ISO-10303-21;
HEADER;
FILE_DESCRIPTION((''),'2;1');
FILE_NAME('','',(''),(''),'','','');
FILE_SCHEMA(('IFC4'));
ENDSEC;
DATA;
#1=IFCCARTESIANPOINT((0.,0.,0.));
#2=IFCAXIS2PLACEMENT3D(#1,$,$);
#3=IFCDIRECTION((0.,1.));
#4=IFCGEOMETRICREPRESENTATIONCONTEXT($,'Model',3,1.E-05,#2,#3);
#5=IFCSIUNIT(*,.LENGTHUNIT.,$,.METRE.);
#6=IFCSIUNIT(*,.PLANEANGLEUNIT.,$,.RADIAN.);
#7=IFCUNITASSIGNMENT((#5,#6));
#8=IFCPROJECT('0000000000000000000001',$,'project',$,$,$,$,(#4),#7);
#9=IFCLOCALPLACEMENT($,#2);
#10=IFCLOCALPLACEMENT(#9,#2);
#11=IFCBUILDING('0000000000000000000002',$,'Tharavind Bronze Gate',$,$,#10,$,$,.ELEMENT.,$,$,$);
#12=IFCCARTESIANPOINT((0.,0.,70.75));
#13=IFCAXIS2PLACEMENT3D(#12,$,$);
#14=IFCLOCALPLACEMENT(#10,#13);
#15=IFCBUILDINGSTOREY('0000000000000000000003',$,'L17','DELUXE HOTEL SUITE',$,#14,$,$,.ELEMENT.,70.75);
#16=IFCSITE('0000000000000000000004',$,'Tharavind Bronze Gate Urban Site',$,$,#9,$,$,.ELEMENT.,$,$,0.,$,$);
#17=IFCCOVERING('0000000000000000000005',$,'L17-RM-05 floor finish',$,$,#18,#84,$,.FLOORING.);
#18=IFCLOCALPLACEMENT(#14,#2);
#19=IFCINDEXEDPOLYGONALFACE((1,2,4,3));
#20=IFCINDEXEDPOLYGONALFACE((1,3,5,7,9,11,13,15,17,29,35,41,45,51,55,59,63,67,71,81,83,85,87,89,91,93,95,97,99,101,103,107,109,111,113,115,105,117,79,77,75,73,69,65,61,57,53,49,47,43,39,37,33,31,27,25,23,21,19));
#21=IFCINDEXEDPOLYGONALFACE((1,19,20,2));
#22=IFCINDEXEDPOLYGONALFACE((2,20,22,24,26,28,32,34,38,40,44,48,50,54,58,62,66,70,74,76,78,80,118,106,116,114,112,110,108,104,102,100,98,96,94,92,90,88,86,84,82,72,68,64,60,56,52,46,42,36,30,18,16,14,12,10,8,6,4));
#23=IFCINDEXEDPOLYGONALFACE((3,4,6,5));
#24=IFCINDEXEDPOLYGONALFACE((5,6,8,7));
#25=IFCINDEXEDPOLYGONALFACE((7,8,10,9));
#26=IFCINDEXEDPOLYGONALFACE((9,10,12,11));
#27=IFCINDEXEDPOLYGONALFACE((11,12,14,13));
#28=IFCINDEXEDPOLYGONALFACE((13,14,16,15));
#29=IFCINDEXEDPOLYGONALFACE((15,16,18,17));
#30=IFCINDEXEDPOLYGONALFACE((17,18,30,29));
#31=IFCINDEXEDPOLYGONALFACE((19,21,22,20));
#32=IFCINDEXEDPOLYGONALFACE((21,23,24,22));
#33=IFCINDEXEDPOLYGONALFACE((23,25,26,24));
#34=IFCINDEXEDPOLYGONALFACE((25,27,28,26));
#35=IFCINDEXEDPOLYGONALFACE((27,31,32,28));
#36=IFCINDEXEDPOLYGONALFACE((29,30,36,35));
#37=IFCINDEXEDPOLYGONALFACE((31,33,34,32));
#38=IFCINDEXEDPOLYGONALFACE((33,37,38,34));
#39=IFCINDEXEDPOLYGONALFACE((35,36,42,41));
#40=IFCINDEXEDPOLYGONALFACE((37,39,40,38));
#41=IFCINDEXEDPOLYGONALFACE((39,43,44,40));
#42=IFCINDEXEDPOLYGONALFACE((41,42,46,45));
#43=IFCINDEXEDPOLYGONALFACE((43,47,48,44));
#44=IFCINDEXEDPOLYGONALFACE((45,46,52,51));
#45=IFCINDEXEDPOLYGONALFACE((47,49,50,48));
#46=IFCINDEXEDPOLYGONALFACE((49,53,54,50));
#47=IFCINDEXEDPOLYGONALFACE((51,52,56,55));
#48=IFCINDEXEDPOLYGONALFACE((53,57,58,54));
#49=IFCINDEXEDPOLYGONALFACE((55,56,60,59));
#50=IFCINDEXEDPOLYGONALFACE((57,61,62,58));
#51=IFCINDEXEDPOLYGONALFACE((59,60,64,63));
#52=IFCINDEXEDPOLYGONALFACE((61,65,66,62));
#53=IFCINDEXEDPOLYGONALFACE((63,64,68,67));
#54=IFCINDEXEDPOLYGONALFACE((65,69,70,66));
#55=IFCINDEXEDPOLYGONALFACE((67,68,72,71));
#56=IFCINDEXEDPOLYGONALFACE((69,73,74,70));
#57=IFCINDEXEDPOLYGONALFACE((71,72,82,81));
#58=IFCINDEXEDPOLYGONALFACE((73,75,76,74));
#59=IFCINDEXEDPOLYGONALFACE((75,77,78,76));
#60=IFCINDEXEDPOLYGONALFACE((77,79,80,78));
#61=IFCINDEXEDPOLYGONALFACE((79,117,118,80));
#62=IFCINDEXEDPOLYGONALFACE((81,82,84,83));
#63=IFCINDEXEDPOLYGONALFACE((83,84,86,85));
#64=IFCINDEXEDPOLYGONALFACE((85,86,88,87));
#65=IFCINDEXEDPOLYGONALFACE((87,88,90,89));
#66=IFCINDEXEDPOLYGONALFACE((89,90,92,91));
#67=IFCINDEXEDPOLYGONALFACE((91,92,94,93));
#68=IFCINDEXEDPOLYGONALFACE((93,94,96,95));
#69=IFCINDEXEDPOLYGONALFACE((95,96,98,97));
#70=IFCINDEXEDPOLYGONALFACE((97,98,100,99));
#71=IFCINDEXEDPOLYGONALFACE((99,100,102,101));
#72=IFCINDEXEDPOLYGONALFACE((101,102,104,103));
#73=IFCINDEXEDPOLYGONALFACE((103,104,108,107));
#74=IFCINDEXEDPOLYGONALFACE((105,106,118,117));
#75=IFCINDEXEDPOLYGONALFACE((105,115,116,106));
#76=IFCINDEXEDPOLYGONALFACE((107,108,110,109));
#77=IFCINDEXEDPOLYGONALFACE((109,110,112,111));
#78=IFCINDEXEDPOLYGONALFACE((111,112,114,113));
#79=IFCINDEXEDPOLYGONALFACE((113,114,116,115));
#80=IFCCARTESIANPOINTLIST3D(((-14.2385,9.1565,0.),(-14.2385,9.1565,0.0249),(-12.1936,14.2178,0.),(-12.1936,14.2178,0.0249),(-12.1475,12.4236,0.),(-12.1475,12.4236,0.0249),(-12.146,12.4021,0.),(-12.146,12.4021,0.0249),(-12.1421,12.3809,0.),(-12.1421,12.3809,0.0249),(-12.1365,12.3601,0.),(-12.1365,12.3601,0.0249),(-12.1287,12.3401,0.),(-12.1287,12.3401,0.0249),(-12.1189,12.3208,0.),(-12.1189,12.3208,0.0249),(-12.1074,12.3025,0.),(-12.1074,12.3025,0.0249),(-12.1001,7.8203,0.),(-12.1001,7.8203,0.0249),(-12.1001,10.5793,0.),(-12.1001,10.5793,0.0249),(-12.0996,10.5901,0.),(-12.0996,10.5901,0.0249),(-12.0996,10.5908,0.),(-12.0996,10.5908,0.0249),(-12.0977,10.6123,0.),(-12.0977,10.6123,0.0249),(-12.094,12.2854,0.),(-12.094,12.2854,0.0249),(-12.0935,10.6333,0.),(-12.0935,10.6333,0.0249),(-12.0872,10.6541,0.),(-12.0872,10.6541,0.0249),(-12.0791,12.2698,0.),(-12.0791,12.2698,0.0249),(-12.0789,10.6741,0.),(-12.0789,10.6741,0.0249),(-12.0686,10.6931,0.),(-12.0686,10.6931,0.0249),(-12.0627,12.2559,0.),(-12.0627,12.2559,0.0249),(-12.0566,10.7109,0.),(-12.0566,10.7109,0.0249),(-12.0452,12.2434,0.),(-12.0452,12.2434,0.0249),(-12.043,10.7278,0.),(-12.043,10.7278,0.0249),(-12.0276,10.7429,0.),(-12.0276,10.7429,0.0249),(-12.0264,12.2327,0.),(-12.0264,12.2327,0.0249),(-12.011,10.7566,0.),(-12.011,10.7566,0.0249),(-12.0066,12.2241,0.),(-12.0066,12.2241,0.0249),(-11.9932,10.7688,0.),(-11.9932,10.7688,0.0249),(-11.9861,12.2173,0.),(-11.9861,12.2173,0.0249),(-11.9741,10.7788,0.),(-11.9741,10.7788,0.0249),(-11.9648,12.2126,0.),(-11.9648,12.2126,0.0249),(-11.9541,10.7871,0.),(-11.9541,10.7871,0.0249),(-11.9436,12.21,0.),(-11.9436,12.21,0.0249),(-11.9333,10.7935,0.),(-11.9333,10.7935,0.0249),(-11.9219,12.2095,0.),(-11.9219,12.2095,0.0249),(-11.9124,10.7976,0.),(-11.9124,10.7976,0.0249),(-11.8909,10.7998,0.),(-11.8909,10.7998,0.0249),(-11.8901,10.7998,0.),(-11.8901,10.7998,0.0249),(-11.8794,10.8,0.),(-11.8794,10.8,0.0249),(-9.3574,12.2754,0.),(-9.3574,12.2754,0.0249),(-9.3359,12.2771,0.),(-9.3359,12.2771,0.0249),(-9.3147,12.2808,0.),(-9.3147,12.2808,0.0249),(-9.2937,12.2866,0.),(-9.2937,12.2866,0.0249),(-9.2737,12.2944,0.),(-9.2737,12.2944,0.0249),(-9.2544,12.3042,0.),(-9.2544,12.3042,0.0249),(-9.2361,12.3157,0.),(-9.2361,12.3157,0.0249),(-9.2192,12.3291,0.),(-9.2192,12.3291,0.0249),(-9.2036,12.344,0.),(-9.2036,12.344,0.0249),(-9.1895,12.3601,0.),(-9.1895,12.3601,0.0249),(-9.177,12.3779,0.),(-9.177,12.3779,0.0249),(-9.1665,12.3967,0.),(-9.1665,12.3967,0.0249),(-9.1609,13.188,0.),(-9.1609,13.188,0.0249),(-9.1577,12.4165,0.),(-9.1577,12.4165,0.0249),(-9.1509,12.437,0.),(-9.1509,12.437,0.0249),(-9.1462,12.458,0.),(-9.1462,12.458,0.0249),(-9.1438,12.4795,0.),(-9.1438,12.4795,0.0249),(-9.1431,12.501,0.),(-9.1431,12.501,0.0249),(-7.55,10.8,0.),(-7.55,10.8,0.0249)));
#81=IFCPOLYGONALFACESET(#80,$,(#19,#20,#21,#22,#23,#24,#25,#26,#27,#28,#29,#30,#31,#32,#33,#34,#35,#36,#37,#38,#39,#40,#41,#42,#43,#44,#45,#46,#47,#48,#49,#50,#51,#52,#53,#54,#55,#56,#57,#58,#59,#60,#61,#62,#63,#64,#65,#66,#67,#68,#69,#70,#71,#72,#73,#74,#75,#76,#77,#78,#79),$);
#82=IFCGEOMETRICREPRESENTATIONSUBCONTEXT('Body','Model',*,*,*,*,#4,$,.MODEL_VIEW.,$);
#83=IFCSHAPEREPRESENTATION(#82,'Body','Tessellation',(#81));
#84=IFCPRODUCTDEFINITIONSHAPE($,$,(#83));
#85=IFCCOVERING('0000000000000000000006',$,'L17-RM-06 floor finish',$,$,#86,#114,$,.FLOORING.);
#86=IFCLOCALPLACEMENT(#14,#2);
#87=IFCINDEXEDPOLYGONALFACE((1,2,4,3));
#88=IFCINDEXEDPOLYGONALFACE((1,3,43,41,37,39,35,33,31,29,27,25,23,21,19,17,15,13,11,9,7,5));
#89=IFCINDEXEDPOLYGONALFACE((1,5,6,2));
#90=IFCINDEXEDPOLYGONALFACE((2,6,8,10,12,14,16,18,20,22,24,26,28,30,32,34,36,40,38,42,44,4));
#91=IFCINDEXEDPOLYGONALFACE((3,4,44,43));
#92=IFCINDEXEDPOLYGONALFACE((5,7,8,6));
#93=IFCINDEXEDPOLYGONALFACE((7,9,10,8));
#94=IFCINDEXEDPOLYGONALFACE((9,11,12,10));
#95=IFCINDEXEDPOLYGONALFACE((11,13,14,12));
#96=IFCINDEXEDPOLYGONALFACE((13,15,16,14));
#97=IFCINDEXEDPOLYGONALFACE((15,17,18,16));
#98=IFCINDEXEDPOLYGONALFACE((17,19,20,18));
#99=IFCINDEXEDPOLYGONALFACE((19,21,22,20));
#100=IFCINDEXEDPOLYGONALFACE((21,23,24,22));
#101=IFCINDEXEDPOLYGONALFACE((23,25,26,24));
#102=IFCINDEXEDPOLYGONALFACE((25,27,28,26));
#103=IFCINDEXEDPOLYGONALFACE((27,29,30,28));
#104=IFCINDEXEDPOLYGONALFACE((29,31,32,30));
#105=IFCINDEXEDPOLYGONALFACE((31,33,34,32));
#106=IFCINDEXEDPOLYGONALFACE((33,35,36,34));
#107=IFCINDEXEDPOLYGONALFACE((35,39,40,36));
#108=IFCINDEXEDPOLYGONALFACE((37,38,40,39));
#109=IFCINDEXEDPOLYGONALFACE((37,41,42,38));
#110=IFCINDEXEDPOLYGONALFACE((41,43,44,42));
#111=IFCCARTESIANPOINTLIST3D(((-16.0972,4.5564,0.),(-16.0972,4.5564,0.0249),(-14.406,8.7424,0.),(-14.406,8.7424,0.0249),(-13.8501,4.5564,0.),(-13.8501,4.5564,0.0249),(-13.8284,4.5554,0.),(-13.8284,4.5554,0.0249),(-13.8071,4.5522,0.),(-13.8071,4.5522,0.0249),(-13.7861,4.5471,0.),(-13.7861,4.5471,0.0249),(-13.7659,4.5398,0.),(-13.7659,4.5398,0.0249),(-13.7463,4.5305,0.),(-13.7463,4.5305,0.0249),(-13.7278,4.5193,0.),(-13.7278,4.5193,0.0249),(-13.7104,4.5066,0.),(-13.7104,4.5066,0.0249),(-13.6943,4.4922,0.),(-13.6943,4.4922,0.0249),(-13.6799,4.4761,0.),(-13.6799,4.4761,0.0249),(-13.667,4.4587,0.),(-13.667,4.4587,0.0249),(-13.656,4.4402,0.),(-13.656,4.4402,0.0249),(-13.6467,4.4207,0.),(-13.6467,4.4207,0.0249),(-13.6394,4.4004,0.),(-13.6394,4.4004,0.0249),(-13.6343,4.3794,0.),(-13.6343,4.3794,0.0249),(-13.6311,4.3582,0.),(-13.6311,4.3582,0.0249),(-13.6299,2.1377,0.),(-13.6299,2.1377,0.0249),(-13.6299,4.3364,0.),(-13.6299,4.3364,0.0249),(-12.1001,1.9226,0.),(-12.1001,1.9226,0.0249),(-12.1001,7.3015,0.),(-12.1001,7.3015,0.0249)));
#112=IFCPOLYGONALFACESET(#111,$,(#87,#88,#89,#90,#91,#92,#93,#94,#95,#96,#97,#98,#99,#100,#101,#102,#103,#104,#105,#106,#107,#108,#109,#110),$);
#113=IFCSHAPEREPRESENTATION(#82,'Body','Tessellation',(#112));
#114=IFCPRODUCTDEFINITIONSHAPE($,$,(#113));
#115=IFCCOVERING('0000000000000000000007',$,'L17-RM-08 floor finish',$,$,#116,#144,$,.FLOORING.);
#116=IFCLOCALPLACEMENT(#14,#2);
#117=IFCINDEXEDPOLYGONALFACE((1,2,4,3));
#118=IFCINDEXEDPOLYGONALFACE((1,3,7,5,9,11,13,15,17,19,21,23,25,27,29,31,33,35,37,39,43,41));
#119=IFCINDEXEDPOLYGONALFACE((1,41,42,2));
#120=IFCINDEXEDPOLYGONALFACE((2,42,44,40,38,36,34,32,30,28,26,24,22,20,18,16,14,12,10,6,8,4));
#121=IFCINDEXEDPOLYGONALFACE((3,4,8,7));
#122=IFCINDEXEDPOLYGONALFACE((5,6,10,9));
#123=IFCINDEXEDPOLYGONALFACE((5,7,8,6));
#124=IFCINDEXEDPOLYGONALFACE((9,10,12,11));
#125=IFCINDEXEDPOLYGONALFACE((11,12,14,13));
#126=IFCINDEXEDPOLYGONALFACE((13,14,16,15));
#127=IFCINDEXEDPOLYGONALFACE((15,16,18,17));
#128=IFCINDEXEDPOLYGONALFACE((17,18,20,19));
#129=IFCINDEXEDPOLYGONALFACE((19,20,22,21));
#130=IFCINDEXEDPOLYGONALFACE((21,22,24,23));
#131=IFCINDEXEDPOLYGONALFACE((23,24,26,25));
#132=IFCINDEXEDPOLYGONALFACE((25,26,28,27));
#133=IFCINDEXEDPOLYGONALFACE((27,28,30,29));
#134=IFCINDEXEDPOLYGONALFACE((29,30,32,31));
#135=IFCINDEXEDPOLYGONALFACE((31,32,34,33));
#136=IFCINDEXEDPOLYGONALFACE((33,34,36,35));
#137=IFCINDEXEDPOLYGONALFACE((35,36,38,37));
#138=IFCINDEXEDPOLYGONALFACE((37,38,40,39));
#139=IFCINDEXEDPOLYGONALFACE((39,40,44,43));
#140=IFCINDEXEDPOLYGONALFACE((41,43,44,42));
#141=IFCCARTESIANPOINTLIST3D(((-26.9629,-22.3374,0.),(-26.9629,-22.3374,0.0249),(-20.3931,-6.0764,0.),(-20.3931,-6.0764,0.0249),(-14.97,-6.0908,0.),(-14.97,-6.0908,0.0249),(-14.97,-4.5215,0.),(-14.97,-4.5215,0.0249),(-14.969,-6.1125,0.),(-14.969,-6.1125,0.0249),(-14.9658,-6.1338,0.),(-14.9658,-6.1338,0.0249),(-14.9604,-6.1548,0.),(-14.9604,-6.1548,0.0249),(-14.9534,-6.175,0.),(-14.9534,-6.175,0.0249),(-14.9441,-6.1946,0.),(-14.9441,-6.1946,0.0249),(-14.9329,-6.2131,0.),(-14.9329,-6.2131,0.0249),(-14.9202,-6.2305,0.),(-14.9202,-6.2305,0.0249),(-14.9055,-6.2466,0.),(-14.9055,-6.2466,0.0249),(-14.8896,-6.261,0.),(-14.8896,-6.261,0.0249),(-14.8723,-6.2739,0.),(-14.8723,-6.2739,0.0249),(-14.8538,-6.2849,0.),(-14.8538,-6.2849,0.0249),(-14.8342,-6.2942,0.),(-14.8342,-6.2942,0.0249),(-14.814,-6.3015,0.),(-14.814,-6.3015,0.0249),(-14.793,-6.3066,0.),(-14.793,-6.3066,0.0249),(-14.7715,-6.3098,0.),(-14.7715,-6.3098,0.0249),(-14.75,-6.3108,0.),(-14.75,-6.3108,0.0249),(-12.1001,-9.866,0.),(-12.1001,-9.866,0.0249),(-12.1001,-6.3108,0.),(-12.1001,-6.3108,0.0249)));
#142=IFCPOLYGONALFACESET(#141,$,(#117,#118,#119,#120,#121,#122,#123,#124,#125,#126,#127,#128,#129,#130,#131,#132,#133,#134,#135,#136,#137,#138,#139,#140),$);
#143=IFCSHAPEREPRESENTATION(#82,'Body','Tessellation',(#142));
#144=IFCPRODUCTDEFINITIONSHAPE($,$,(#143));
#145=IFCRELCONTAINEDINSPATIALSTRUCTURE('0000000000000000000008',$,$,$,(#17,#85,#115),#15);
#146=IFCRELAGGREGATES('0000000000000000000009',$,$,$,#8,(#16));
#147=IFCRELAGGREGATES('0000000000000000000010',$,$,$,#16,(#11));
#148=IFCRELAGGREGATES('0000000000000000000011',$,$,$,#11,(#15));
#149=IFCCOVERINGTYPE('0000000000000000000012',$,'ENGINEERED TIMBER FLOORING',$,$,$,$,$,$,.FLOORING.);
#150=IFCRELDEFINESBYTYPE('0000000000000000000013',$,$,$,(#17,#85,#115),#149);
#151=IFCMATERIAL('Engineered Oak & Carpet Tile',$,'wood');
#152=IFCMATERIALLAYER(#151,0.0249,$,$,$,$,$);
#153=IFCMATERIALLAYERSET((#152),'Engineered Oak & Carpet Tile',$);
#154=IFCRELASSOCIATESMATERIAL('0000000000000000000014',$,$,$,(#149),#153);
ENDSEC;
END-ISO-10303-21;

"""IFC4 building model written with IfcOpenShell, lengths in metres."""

from ifc_helpers import new_model, si_unit, direction, frame, origin, place, context, subcontext, project, spatial, polyline, outline, extrude, material, layer, layer_set, type_object, element, save


model = new_model("IFC4")

# Units and contexts
model_context = context("Model", 3, precision=1e-05, world=origin(), true_north=direction((0.0, 1.0)))
body_context = subcontext(model_context, "Body", "Model", "MODEL_VIEW")
ifc_project = project(units=[si_unit("LENGTHUNIT", "METRE"), si_unit("PLANEANGLEUNIT", "RADIAN")], contexts=[model_context])

# Site, building, storey
site_placement = place(None, origin())
site = spatial("IfcSite", under=ifc_project, at=site_placement, Name="Tharavind Bronze Gate Urban Site", CompositionType="ELEMENT", RefElevation=0.0)
building_placement = place(site_placement, origin())
building = spatial("IfcBuilding", under=site, at=building_placement, Name="Tharavind Bronze Gate", CompositionType="ELEMENT")
storey_placement = place(building_placement, frame((0.0, 0.0, 70.75)))
storey = spatial("IfcBuildingStorey", under=building, at=storey_placement, Name="L17", Description="DELUXE HOTEL SUITE", CompositionType="ELEMENT", Elevation=70.75)

# Coverings
ifc_material_1 = material(Name="Engineered Oak & Carpet Tile", Category="wood")
ifc_layer_1 = layer(ifc_material_1, 0.0249)
ifc_layer_set_1 = layer_set([ifc_layer_1], Name="Engineered Oak & Carpet Tile")
covering_type_1 = type_object("IfcCoveringType", Name="ENGINEERED TIMBER FLOORING", PredefinedType="FLOORING", material=ifc_layer_set_1)
covering_1_placement = place(storey_placement, origin())
element("IfcCovering", 1, at=covering_1_placement, inside=storey, type_object=covering_type_1, Name="L17-RM-05 floor finish", PredefinedType="FLOORING", context=body_context, shape_type="SweptSolid", body=[
    extrude(outline(polyline([(-12.1001, 7.8203), (-12.1001, 10.5793), (-12.0996, 10.5901), (-12.0996, 10.5908), (-12.0977, 10.6123), (-12.0935, 10.6333), (-12.0872, 10.6541), (-12.0789, 10.6741), (-12.0686, 10.6931), (-12.0566, 10.7109), (-12.043, 10.7278), (-12.0276, 10.7429), (-12.011, 10.7566), (-11.9932, 10.7688), (-11.9741, 10.7788), (-11.9541, 10.7871), (-11.9333, 10.7935), (-11.9124, 10.7976), (-11.8909, 10.7998), (-11.8901, 10.7998), (-11.8794, 10.8), (-7.55, 10.8), (-9.1609, 13.188), (-9.1431, 12.501), (-9.1438, 12.4795), (-9.1462, 12.458), (-9.1509, 12.437), (-9.1577, 12.4165), (-9.1665, 12.3967), (-9.177, 12.3779), (-9.1895, 12.3601), (-9.2036, 12.344), (-9.2192, 12.3291), (-9.2361, 12.3157), (-9.2544, 12.3042), (-9.2737, 12.2944), (-9.2937, 12.2866), (-9.3147, 12.2808), (-9.3359, 12.2771), (-9.3574, 12.2754), (-11.9219, 12.2095), (-11.9436, 12.21), (-11.9648, 12.2126), (-11.9861, 12.2173), (-12.0066, 12.2241), (-12.0264, 12.2327), (-12.0452, 12.2434), (-12.0627, 12.2559), (-12.0791, 12.2698), (-12.094, 12.2854), (-12.1074, 12.3025), (-12.1189, 12.3208), (-12.1287, 12.3401), (-12.1365, 12.3601), (-12.1421, 12.3809), (-12.146, 12.4021), (-12.1475, 12.4236), (-12.1936, 14.2178), (-14.2385, 9.1565), (-12.1001, 7.8203)])), origin(), (0.0, 0.0, 1.0), 0.0249),
])
covering_2_placement = place(storey_placement, origin())
element("IfcCovering", 2, at=covering_2_placement, inside=storey, type_object=covering_type_1, Name="L17-RM-06 floor finish", PredefinedType="FLOORING", context=body_context, shape_type="SweptSolid", body=[
    extrude(outline(polyline([(-16.0972, 4.5564), (-13.8501, 4.5564), (-13.8284, 4.5554), (-13.8071, 4.5522), (-13.7861, 4.5471), (-13.7659, 4.5398), (-13.7463, 4.5305), (-13.7278, 4.5193), (-13.7104, 4.5066), (-13.6943, 4.4922), (-13.6799, 4.4761), (-13.667, 4.4587), (-13.656, 4.4402), (-13.6467, 4.4207), (-13.6394, 4.4004), (-13.6343, 4.3794), (-13.6311, 4.3582), (-13.6299, 4.3364), (-13.6299, 2.1377), (-12.1001, 1.9226), (-12.1001, 7.3015), (-14.406, 8.7424), (-16.0972, 4.5564)])), origin(), (0.0, 0.0, 1.0), 0.0249),
])
covering_3_placement = place(storey_placement, origin())
element("IfcCovering", 3, at=covering_3_placement, inside=storey, type_object=covering_type_1, Name="L17-RM-08 floor finish", PredefinedType="FLOORING", context=body_context, shape_type="SweptSolid", body=[
    extrude(outline(polyline([(-12.1001, -9.866), (-12.1001, -6.3108), (-14.75, -6.3108), (-14.7715, -6.3098), (-14.793, -6.3066), (-14.814, -6.3015), (-14.8342, -6.2942), (-14.8538, -6.2849), (-14.8723, -6.2739), (-14.8896, -6.261), (-14.9055, -6.2466), (-14.9202, -6.2305), (-14.9329, -6.2131), (-14.9441, -6.1946), (-14.9534, -6.175), (-14.9604, -6.1548), (-14.9658, -6.1338), (-14.969, -6.1125), (-14.97, -6.0908), (-14.97, -4.5215), (-20.3931, -6.0764), (-26.9629, -22.3374), (-12.1001, -9.866)])), origin(), (0.0, 0.0, 1.0), 0.0249),
])

save(model, "model.ifc")
